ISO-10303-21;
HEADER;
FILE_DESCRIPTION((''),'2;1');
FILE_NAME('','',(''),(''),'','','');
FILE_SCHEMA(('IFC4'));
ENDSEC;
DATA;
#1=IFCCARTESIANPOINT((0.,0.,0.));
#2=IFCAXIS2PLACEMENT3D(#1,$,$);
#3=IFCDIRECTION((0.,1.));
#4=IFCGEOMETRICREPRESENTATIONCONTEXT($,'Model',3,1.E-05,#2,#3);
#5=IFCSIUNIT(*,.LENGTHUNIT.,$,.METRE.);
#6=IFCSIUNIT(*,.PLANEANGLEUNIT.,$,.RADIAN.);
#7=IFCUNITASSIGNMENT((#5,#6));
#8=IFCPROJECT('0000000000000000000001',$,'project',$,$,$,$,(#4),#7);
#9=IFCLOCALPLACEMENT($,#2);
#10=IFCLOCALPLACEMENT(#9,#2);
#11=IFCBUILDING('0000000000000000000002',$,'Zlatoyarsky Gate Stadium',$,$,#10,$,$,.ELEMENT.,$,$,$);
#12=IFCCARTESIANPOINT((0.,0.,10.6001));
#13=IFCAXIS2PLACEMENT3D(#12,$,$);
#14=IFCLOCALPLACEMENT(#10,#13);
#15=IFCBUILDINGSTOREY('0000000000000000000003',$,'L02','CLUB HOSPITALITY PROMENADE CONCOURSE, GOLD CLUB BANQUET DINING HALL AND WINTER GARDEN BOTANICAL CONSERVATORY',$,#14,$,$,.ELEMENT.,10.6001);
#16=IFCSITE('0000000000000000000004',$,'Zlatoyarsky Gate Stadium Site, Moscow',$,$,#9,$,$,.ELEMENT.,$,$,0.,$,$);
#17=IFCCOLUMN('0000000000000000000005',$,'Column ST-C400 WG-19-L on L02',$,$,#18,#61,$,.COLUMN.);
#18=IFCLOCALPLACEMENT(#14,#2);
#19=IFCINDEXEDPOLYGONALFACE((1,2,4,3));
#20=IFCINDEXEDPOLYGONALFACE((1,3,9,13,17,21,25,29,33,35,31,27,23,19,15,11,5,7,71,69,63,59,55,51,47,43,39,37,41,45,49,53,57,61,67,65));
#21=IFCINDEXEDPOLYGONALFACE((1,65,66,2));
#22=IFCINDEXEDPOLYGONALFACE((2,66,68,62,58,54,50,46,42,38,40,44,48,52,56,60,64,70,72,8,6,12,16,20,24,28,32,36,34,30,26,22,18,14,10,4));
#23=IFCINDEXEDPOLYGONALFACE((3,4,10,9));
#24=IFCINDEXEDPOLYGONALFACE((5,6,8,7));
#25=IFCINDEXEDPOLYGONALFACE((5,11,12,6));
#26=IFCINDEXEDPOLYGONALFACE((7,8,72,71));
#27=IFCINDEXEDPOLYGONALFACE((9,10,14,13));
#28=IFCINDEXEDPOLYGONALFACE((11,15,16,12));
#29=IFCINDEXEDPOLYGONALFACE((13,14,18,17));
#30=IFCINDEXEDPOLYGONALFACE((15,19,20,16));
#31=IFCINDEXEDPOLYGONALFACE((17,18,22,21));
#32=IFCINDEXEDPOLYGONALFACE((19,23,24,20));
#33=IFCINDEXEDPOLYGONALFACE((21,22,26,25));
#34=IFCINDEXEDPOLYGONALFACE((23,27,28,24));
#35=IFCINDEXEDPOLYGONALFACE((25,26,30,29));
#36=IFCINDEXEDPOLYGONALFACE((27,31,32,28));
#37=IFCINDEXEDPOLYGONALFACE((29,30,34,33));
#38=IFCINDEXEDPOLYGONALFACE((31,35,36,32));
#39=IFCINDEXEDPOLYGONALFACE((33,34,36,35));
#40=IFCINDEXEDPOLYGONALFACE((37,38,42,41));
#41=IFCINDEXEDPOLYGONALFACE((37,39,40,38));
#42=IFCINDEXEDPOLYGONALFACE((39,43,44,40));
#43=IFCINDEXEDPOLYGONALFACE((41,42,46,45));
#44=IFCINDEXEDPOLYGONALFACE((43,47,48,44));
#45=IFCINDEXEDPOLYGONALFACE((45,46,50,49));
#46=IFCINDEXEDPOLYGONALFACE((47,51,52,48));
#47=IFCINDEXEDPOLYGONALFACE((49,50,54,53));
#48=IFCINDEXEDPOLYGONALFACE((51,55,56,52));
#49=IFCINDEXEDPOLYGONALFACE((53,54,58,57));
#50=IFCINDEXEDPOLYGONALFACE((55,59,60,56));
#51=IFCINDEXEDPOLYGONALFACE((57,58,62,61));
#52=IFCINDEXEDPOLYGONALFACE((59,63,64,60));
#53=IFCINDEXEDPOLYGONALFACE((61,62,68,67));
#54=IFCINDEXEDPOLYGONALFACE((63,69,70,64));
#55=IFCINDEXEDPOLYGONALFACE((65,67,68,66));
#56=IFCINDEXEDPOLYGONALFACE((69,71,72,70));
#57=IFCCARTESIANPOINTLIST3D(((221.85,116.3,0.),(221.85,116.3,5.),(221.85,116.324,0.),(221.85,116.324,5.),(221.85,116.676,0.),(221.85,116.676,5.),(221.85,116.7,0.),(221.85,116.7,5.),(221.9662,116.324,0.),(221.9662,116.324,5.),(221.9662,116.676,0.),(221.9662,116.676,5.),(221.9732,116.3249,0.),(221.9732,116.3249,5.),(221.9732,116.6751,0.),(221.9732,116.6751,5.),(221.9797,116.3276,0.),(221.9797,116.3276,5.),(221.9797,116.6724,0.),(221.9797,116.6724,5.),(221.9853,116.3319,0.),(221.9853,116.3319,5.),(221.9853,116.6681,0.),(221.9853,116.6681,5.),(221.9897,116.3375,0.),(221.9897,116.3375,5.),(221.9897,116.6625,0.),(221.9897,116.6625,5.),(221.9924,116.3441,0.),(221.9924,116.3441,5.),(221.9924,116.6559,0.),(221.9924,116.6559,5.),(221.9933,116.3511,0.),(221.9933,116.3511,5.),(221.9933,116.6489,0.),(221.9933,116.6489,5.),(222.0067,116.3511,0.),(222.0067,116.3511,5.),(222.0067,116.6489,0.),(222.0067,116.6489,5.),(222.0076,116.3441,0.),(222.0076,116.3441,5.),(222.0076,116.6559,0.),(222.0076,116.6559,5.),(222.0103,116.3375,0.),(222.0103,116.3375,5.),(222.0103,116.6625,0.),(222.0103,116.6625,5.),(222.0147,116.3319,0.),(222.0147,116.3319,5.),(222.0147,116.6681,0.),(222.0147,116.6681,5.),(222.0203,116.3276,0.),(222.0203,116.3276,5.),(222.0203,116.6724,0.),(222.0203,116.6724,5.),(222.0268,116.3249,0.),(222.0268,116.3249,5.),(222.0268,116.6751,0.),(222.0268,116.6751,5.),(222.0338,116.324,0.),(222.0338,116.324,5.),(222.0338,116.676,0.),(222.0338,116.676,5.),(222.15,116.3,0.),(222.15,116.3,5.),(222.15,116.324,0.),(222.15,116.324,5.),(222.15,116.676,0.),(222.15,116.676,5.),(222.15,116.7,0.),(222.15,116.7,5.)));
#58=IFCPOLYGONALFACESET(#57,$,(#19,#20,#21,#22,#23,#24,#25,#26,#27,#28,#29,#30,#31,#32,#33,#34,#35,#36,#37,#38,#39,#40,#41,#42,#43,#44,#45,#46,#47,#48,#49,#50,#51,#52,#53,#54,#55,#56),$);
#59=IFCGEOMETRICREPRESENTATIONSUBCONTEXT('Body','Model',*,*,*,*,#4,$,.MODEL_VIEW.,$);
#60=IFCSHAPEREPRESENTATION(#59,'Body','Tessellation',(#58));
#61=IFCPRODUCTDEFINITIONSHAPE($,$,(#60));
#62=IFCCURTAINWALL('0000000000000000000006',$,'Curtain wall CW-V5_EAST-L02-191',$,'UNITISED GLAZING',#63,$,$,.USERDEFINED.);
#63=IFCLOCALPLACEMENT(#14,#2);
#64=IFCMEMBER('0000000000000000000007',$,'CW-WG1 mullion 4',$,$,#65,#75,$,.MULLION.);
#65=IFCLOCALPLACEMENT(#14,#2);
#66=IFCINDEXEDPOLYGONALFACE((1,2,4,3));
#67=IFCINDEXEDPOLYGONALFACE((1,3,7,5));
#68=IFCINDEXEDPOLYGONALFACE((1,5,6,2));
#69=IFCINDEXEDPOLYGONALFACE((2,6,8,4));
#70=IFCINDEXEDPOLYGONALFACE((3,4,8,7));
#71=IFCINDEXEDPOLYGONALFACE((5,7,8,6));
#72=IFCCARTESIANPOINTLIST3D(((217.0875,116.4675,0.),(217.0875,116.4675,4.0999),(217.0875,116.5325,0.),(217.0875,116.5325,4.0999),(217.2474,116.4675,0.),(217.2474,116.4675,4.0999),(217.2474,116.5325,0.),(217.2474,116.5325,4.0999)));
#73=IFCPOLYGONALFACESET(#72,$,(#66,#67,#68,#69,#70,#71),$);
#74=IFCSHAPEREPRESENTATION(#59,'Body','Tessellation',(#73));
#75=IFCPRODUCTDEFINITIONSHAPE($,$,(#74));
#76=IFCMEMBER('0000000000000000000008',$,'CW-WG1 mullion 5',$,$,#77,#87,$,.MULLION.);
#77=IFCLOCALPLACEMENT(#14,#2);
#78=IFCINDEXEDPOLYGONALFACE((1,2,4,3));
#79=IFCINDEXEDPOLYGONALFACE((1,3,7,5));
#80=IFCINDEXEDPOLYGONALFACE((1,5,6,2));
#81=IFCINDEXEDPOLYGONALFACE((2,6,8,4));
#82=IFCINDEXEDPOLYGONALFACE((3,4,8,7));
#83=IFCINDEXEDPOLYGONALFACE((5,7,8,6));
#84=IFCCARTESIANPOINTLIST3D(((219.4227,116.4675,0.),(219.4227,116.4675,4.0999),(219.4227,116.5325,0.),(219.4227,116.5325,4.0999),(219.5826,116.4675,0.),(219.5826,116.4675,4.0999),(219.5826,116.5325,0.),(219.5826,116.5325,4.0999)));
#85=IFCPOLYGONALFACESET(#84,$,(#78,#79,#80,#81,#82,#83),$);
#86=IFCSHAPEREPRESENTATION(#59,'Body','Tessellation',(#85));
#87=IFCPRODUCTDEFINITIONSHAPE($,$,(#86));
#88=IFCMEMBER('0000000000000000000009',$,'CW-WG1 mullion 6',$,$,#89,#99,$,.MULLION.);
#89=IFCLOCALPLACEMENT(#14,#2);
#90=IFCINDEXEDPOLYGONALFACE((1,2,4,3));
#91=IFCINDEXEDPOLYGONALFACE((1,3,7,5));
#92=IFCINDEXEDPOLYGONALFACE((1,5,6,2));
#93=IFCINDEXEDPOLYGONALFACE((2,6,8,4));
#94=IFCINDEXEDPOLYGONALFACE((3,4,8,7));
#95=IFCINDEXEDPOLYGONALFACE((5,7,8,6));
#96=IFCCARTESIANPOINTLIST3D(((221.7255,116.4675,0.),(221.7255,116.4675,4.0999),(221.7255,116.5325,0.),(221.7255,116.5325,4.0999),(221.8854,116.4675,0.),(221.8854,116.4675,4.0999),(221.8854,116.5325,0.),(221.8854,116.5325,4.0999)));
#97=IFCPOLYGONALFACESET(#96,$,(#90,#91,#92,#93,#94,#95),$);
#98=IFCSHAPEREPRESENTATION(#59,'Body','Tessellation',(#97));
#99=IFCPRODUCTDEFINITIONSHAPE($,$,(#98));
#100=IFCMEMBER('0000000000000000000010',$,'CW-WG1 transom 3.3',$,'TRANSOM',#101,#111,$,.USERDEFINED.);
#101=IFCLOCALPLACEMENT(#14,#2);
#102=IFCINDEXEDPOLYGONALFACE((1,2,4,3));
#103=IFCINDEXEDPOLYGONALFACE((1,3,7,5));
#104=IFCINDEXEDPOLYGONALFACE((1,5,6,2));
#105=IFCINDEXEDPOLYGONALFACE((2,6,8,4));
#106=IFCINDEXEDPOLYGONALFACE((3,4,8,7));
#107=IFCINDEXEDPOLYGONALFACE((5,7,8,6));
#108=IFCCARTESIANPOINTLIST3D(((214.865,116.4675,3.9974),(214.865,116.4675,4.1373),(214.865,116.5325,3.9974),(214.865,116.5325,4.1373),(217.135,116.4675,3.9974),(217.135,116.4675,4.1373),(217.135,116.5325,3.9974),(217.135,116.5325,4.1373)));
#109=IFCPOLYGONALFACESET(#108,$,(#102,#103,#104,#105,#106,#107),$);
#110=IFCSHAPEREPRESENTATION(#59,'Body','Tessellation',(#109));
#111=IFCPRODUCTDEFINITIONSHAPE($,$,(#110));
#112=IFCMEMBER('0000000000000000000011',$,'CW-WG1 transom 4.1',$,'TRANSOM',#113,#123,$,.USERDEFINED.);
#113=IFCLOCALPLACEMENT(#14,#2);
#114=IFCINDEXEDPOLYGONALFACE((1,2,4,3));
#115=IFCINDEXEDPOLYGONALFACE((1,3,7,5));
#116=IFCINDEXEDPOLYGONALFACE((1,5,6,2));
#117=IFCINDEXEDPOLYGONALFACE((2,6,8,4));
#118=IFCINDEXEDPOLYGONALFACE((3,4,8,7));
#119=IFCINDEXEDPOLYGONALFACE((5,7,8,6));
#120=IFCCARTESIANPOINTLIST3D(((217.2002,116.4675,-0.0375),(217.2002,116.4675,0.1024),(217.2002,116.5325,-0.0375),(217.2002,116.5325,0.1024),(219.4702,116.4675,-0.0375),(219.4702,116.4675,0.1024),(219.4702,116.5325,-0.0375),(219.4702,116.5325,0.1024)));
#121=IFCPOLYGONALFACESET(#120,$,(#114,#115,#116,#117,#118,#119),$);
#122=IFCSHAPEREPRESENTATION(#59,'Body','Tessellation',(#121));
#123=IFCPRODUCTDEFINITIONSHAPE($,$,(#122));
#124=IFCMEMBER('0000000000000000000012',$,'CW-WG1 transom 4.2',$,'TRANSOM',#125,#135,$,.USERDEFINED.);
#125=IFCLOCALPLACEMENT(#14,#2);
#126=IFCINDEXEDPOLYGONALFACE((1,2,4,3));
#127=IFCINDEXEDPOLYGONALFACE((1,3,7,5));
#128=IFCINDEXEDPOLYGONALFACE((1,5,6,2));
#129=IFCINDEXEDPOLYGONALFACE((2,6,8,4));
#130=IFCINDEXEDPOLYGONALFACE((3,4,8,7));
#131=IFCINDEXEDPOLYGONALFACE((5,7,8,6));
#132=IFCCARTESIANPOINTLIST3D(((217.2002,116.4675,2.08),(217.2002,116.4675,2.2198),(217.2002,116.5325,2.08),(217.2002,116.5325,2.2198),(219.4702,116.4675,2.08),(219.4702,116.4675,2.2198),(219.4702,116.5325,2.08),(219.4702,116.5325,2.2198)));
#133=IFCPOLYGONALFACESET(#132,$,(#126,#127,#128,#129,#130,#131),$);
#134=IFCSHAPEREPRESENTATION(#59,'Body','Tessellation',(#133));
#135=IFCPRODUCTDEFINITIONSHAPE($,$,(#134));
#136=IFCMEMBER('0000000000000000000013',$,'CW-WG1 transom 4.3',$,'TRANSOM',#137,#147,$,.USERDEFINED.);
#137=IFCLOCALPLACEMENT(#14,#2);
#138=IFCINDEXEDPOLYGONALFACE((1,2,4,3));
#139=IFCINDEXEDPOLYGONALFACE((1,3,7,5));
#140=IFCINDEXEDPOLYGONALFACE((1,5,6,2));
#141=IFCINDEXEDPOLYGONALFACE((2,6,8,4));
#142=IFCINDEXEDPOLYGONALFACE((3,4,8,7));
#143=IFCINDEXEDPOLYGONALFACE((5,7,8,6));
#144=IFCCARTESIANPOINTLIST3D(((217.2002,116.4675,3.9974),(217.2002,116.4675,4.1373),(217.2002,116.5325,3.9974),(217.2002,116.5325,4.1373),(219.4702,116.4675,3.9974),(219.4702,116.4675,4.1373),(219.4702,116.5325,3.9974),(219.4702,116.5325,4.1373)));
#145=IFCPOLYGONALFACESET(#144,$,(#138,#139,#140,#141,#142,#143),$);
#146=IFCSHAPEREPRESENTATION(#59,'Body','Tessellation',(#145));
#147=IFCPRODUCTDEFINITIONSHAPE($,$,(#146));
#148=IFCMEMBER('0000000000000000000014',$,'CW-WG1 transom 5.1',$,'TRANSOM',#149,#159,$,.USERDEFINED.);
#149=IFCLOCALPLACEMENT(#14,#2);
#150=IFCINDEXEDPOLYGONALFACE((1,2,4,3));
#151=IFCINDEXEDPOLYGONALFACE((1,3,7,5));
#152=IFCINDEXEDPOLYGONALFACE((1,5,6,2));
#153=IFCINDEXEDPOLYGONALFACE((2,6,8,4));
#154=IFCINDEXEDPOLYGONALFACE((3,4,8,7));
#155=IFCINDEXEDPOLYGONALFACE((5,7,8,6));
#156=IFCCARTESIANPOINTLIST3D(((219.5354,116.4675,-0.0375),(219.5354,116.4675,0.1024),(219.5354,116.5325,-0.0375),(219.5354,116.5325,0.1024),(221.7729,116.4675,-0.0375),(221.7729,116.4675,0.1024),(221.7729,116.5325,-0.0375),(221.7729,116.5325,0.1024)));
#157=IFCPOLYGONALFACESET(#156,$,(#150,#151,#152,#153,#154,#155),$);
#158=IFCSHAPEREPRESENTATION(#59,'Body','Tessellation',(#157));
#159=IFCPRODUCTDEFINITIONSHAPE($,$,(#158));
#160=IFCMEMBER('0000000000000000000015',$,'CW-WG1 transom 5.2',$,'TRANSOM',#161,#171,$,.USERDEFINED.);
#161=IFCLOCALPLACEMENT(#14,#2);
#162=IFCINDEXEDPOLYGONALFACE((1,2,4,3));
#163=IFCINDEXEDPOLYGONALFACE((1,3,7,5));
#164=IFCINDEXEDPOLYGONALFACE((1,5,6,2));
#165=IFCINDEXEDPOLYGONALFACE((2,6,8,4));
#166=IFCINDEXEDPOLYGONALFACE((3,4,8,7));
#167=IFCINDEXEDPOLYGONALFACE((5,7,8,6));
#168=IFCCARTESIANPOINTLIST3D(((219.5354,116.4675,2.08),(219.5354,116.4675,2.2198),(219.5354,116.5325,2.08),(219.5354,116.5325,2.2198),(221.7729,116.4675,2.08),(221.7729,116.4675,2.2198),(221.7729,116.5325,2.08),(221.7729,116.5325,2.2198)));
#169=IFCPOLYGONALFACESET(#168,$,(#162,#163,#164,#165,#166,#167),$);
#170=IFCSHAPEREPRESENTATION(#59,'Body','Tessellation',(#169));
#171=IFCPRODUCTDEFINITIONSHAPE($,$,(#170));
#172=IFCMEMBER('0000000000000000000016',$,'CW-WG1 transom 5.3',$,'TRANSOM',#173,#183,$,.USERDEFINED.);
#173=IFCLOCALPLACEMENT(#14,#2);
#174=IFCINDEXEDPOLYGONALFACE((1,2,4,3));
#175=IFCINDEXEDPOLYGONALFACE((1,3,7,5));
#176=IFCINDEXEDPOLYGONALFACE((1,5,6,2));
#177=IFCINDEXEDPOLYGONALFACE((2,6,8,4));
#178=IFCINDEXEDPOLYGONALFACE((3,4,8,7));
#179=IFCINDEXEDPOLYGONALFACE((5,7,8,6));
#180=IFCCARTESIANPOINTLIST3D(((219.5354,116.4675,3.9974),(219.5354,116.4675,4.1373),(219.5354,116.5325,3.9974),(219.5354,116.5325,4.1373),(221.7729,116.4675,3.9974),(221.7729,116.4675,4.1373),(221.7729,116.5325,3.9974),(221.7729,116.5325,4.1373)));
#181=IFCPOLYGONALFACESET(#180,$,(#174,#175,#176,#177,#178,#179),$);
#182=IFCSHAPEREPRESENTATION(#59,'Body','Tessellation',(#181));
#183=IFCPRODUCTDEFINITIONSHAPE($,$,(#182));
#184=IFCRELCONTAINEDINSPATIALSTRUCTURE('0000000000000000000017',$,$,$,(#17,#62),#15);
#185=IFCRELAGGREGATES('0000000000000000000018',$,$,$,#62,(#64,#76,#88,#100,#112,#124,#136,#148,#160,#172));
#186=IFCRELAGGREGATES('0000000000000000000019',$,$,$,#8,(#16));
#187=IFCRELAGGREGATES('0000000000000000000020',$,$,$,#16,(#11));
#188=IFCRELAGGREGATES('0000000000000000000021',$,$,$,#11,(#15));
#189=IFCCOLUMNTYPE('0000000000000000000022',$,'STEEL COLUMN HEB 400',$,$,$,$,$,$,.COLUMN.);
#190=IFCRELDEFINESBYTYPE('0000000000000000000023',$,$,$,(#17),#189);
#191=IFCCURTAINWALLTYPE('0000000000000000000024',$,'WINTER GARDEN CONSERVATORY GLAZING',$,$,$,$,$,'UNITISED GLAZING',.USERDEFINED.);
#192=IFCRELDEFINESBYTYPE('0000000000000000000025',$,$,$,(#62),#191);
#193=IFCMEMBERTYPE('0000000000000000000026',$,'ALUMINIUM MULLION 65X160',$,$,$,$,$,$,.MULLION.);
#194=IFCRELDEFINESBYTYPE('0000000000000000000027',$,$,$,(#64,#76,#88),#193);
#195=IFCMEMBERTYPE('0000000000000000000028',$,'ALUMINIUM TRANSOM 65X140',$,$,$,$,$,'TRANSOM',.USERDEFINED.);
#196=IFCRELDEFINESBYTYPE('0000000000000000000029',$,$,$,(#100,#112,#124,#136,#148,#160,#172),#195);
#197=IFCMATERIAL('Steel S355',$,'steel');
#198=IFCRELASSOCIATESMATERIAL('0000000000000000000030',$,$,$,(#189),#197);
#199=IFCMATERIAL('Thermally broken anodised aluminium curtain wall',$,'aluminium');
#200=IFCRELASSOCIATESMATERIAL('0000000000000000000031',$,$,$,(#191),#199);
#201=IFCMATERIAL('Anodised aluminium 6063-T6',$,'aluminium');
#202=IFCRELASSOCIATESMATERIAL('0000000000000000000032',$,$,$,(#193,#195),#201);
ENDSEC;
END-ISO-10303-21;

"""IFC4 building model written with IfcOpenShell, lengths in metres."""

from ifc_helpers import new_model, si_unit, direction, frame, origin, origin_2d, place, context, subcontext, project, spatial, rectangle, i_section, extrude, material, material_profile, profile_set, type_object, element, aggregate, save


model = new_model("IFC4")

# Units and contexts
model_context = context("Model", 3, precision=1e-05, world=origin(), true_north=direction((0.0, 1.0)))
body_context = subcontext(model_context, "Body", "Model", "MODEL_VIEW")
ifc_project = project(units=[si_unit("LENGTHUNIT", "METRE"), si_unit("PLANEANGLEUNIT", "RADIAN")], contexts=[model_context])

# Site, building, storey
site_placement = place(None, origin())
site = spatial("IfcSite", under=ifc_project, at=site_placement, Name="Zlatoyarsky Gate Stadium Site, Moscow", CompositionType="ELEMENT", RefElevation=0.0)
building_placement = place(site_placement, origin())
building = spatial("IfcBuilding", under=site, at=building_placement, Name="Zlatoyarsky Gate Stadium", CompositionType="ELEMENT")
storey_placement = place(building_placement, frame((0.0, 0.0, 10.6001)))
storey = spatial("IfcBuildingStorey", under=building, at=storey_placement, Name="L02", Description="CLUB HOSPITALITY PROMENADE CONCOURSE, GOLD CLUB BANQUET DINING HALL AND WINTER GARDEN BOTANICAL CONSERVATORY", CompositionType="ELEMENT", Elevation=10.6001)

# Column
ifc_material_1 = material(Name="Steel S355", Category="steel")
ifc_material_profile_1 = material_profile(ifc_material_1, i_section(OverallWidth=0.3, OverallDepth=0.3999, WebThickness=0.0134, FlangeThickness=0.0239, FilletRadius=0.0271, at=origin_2d()), Name="HEB 400")
ifc_profile_set_1 = profile_set([ifc_material_profile_1], Name="Steel S355")
column_type = type_object("IfcColumnType", Name="STEEL COLUMN HEB 400", PredefinedType="COLUMN", material=ifc_profile_set_1)
column_placement = place(storey_placement, frame((222.0, 116.5, 0.0), z_axis=(0.0, 0.0, 1.0), x_axis=(1.0, 0.0, 0.0)))
element("IfcColumn", 1, at=column_placement, inside=storey, type_object=column_type, Name="Column ST-C400 WG-19-L on L02", PredefinedType="COLUMN", context=body_context, shape_type="SweptSolid", body=[
    extrude(i_section(OverallWidth=0.3, OverallDepth=0.3999, WebThickness=0.0134, FlangeThickness=0.0239, FilletRadius=0.0271, at=origin_2d()), origin(), (0.0, 0.0, 1.0), 5.0),
])

# Curtain wall, members
ifc_material_2 = material(Name="Thermally broken anodised aluminium curtain wall", Category="aluminium")
curtain_wall_type = type_object("IfcCurtainWallType", Name="WINTER GARDEN CONSERVATORY GLAZING", ElementType="UNITISED GLAZING", PredefinedType="USERDEFINED", material=ifc_material_2)
curtain_wall_placement = place(storey_placement, origin())
curtain_wall = element("IfcCurtainWall", 2, at=curtain_wall_placement, inside=storey, type_object=curtain_wall_type, Name="Curtain wall CW-V5_EAST-L02-191", ObjectType="UNITISED GLAZING", PredefinedType="USERDEFINED")
ifc_material_3 = material(Name="Anodised aluminium 6063-T6", Category="aluminium")
ifc_material_profile_2 = material_profile(ifc_material_3, rectangle(XDim=0.0649, YDim=0.1599, at=origin_2d()), Name="ALU 65X160")
ifc_profile_set_2 = profile_set([ifc_material_profile_2], Name="Anodised aluminium 6063-T6")
member_type_1 = type_object("IfcMemberType", Name="ALUMINIUM MULLION 65X160", PredefinedType="MULLION", material=ifc_profile_set_2)
member_1_placement = place(storey_placement, frame((217.1675, 116.5, 0.0), z_axis=(0.0, 0.0, 1.0), x_axis=(0.0, 1.0, 0.0)))
member_1 = element("IfcMember", 3, at=member_1_placement, type_object=member_type_1, Name="CW-WG1 mullion 4", PredefinedType="MULLION", context=body_context, shape_type="SweptSolid", body=[
    extrude(rectangle(XDim=0.0649, YDim=0.1599, at=origin_2d()), origin(), (0.0, 0.0, 1.0), 4.0999),
])
member_2_placement = place(storey_placement, frame((219.5027, 116.5, 0.0), z_axis=(0.0, 0.0, 1.0), x_axis=(0.0, 1.0, 0.0)))
member_2 = element("IfcMember", 4, at=member_2_placement, type_object=member_type_1, Name="CW-WG1 mullion 5", PredefinedType="MULLION", context=body_context, shape_type="SweptSolid", body=[
    extrude(rectangle(XDim=0.0649, YDim=0.1599, at=origin_2d()), origin(), (0.0, 0.0, 1.0), 4.0999),
])
member_3_placement = place(storey_placement, frame((221.8054, 116.5, 0.0), z_axis=(0.0, 0.0, 1.0), x_axis=(0.0, 1.0, 0.0)))
member_3 = element("IfcMember", 5, at=member_3_placement, type_object=member_type_1, Name="CW-WG1 mullion 6", PredefinedType="MULLION", context=body_context, shape_type="SweptSolid", body=[
    extrude(rectangle(XDim=0.0649, YDim=0.1599, at=origin_2d()), origin(), (0.0, 0.0, 1.0), 4.0999),
])
ifc_material_profile_3 = material_profile(ifc_material_3, rectangle(XDim=0.0649, YDim=0.1399, at=origin_2d()), Name="ALU 65X140")
ifc_profile_set_3 = profile_set([ifc_material_profile_3], Name="Anodised aluminium 6063-T6")
member_type_2 = type_object("IfcMemberType", Name="ALUMINIUM TRANSOM 65X140", ElementType="TRANSOM", PredefinedType="USERDEFINED", material=ifc_profile_set_3)
member_4_placement = place(storey_placement, frame((214.865, 116.5, 4.0674), z_axis=(1.0, 0.0, 0.0), x_axis=(0.0, 1.0, 0.0)))
member_4 = element("IfcMember", 6, at=member_4_placement, type_object=member_type_2, Name="CW-WG1 transom 3.3", ObjectType="TRANSOM", PredefinedType="USERDEFINED", context=body_context, shape_type="SweptSolid", body=[
    extrude(rectangle(XDim=0.0649, YDim=0.1399, at=origin_2d()), origin(), (0.0, 0.0, 1.0), 2.27),
])
member_5_placement = place(storey_placement, frame((217.2002, 116.5, 0.0325), z_axis=(1.0, 0.0, 0.0), x_axis=(0.0, 1.0, 0.0)))
member_5 = element("IfcMember", 7, at=member_5_placement, type_object=member_type_2, Name="CW-WG1 transom 4.1", ObjectType="TRANSOM", PredefinedType="USERDEFINED", context=body_context, shape_type="SweptSolid", body=[
    extrude(rectangle(XDim=0.0649, YDim=0.1399, at=origin_2d()), origin(), (0.0, 0.0, 1.0), 2.27),
])
member_6_placement = place(storey_placement, frame((217.2002, 116.5, 2.1499), z_axis=(1.0, 0.0, 0.0), x_axis=(0.0, 1.0, 0.0)))
member_6 = element("IfcMember", 8, at=member_6_placement, type_object=member_type_2, Name="CW-WG1 transom 4.2", ObjectType="TRANSOM", PredefinedType="USERDEFINED", context=body_context, shape_type="SweptSolid", body=[
    extrude(rectangle(XDim=0.0649, YDim=0.1399, at=origin_2d()), origin(), (0.0, 0.0, 1.0), 2.27),
])
member_7_placement = place(storey_placement, frame((217.2002, 116.5, 4.0674), z_axis=(1.0, 0.0, 0.0), x_axis=(0.0, 1.0, 0.0)))
member_7 = element("IfcMember", 9, at=member_7_placement, type_object=member_type_2, Name="CW-WG1 transom 4.3", ObjectType="TRANSOM", PredefinedType="USERDEFINED", context=body_context, shape_type="SweptSolid", body=[
    extrude(rectangle(XDim=0.0649, YDim=0.1399, at=origin_2d()), origin(), (0.0, 0.0, 1.0), 2.27),
])
member_8_placement = place(storey_placement, frame((219.5354, 116.5, 0.0325), z_axis=(1.0, 0.0, 0.0), x_axis=(0.0, 1.0, 0.0)))
member_8 = element("IfcMember", 10, at=member_8_placement, type_object=member_type_2, Name="CW-WG1 transom 5.1", ObjectType="TRANSOM", PredefinedType="USERDEFINED", context=body_context, shape_type="SweptSolid", body=[
    extrude(rectangle(XDim=0.0649, YDim=0.1399, at=origin_2d()), origin(), (0.0, 0.0, 1.0), 2.2375),
])
member_9_placement = place(storey_placement, frame((219.5354, 116.5, 2.1499), z_axis=(1.0, 0.0, 0.0), x_axis=(0.0, 1.0, 0.0)))
member_9 = element("IfcMember", 11, at=member_9_placement, type_object=member_type_2, Name="CW-WG1 transom 5.2", ObjectType="TRANSOM", PredefinedType="USERDEFINED", context=body_context, shape_type="SweptSolid", body=[
    extrude(rectangle(XDim=0.0649, YDim=0.1399, at=origin_2d()), origin(), (0.0, 0.0, 1.0), 2.2375),
])
member_10_placement = place(storey_placement, frame((219.5354, 116.5, 4.0674), z_axis=(1.0, 0.0, 0.0), x_axis=(0.0, 1.0, 0.0)))
member_10 = element("IfcMember", 12, at=member_10_placement, type_object=member_type_2, Name="CW-WG1 transom 5.3", ObjectType="TRANSOM", PredefinedType="USERDEFINED", context=body_context, shape_type="SweptSolid", body=[
    extrude(rectangle(XDim=0.0649, YDim=0.1399, at=origin_2d()), origin(), (0.0, 0.0, 1.0), 2.2375),
])

aggregate(curtain_wall, [member_1, member_2, member_3, member_4, member_5, member_6, member_7, member_8, member_9, member_10])

save(model, "model.ifc")
